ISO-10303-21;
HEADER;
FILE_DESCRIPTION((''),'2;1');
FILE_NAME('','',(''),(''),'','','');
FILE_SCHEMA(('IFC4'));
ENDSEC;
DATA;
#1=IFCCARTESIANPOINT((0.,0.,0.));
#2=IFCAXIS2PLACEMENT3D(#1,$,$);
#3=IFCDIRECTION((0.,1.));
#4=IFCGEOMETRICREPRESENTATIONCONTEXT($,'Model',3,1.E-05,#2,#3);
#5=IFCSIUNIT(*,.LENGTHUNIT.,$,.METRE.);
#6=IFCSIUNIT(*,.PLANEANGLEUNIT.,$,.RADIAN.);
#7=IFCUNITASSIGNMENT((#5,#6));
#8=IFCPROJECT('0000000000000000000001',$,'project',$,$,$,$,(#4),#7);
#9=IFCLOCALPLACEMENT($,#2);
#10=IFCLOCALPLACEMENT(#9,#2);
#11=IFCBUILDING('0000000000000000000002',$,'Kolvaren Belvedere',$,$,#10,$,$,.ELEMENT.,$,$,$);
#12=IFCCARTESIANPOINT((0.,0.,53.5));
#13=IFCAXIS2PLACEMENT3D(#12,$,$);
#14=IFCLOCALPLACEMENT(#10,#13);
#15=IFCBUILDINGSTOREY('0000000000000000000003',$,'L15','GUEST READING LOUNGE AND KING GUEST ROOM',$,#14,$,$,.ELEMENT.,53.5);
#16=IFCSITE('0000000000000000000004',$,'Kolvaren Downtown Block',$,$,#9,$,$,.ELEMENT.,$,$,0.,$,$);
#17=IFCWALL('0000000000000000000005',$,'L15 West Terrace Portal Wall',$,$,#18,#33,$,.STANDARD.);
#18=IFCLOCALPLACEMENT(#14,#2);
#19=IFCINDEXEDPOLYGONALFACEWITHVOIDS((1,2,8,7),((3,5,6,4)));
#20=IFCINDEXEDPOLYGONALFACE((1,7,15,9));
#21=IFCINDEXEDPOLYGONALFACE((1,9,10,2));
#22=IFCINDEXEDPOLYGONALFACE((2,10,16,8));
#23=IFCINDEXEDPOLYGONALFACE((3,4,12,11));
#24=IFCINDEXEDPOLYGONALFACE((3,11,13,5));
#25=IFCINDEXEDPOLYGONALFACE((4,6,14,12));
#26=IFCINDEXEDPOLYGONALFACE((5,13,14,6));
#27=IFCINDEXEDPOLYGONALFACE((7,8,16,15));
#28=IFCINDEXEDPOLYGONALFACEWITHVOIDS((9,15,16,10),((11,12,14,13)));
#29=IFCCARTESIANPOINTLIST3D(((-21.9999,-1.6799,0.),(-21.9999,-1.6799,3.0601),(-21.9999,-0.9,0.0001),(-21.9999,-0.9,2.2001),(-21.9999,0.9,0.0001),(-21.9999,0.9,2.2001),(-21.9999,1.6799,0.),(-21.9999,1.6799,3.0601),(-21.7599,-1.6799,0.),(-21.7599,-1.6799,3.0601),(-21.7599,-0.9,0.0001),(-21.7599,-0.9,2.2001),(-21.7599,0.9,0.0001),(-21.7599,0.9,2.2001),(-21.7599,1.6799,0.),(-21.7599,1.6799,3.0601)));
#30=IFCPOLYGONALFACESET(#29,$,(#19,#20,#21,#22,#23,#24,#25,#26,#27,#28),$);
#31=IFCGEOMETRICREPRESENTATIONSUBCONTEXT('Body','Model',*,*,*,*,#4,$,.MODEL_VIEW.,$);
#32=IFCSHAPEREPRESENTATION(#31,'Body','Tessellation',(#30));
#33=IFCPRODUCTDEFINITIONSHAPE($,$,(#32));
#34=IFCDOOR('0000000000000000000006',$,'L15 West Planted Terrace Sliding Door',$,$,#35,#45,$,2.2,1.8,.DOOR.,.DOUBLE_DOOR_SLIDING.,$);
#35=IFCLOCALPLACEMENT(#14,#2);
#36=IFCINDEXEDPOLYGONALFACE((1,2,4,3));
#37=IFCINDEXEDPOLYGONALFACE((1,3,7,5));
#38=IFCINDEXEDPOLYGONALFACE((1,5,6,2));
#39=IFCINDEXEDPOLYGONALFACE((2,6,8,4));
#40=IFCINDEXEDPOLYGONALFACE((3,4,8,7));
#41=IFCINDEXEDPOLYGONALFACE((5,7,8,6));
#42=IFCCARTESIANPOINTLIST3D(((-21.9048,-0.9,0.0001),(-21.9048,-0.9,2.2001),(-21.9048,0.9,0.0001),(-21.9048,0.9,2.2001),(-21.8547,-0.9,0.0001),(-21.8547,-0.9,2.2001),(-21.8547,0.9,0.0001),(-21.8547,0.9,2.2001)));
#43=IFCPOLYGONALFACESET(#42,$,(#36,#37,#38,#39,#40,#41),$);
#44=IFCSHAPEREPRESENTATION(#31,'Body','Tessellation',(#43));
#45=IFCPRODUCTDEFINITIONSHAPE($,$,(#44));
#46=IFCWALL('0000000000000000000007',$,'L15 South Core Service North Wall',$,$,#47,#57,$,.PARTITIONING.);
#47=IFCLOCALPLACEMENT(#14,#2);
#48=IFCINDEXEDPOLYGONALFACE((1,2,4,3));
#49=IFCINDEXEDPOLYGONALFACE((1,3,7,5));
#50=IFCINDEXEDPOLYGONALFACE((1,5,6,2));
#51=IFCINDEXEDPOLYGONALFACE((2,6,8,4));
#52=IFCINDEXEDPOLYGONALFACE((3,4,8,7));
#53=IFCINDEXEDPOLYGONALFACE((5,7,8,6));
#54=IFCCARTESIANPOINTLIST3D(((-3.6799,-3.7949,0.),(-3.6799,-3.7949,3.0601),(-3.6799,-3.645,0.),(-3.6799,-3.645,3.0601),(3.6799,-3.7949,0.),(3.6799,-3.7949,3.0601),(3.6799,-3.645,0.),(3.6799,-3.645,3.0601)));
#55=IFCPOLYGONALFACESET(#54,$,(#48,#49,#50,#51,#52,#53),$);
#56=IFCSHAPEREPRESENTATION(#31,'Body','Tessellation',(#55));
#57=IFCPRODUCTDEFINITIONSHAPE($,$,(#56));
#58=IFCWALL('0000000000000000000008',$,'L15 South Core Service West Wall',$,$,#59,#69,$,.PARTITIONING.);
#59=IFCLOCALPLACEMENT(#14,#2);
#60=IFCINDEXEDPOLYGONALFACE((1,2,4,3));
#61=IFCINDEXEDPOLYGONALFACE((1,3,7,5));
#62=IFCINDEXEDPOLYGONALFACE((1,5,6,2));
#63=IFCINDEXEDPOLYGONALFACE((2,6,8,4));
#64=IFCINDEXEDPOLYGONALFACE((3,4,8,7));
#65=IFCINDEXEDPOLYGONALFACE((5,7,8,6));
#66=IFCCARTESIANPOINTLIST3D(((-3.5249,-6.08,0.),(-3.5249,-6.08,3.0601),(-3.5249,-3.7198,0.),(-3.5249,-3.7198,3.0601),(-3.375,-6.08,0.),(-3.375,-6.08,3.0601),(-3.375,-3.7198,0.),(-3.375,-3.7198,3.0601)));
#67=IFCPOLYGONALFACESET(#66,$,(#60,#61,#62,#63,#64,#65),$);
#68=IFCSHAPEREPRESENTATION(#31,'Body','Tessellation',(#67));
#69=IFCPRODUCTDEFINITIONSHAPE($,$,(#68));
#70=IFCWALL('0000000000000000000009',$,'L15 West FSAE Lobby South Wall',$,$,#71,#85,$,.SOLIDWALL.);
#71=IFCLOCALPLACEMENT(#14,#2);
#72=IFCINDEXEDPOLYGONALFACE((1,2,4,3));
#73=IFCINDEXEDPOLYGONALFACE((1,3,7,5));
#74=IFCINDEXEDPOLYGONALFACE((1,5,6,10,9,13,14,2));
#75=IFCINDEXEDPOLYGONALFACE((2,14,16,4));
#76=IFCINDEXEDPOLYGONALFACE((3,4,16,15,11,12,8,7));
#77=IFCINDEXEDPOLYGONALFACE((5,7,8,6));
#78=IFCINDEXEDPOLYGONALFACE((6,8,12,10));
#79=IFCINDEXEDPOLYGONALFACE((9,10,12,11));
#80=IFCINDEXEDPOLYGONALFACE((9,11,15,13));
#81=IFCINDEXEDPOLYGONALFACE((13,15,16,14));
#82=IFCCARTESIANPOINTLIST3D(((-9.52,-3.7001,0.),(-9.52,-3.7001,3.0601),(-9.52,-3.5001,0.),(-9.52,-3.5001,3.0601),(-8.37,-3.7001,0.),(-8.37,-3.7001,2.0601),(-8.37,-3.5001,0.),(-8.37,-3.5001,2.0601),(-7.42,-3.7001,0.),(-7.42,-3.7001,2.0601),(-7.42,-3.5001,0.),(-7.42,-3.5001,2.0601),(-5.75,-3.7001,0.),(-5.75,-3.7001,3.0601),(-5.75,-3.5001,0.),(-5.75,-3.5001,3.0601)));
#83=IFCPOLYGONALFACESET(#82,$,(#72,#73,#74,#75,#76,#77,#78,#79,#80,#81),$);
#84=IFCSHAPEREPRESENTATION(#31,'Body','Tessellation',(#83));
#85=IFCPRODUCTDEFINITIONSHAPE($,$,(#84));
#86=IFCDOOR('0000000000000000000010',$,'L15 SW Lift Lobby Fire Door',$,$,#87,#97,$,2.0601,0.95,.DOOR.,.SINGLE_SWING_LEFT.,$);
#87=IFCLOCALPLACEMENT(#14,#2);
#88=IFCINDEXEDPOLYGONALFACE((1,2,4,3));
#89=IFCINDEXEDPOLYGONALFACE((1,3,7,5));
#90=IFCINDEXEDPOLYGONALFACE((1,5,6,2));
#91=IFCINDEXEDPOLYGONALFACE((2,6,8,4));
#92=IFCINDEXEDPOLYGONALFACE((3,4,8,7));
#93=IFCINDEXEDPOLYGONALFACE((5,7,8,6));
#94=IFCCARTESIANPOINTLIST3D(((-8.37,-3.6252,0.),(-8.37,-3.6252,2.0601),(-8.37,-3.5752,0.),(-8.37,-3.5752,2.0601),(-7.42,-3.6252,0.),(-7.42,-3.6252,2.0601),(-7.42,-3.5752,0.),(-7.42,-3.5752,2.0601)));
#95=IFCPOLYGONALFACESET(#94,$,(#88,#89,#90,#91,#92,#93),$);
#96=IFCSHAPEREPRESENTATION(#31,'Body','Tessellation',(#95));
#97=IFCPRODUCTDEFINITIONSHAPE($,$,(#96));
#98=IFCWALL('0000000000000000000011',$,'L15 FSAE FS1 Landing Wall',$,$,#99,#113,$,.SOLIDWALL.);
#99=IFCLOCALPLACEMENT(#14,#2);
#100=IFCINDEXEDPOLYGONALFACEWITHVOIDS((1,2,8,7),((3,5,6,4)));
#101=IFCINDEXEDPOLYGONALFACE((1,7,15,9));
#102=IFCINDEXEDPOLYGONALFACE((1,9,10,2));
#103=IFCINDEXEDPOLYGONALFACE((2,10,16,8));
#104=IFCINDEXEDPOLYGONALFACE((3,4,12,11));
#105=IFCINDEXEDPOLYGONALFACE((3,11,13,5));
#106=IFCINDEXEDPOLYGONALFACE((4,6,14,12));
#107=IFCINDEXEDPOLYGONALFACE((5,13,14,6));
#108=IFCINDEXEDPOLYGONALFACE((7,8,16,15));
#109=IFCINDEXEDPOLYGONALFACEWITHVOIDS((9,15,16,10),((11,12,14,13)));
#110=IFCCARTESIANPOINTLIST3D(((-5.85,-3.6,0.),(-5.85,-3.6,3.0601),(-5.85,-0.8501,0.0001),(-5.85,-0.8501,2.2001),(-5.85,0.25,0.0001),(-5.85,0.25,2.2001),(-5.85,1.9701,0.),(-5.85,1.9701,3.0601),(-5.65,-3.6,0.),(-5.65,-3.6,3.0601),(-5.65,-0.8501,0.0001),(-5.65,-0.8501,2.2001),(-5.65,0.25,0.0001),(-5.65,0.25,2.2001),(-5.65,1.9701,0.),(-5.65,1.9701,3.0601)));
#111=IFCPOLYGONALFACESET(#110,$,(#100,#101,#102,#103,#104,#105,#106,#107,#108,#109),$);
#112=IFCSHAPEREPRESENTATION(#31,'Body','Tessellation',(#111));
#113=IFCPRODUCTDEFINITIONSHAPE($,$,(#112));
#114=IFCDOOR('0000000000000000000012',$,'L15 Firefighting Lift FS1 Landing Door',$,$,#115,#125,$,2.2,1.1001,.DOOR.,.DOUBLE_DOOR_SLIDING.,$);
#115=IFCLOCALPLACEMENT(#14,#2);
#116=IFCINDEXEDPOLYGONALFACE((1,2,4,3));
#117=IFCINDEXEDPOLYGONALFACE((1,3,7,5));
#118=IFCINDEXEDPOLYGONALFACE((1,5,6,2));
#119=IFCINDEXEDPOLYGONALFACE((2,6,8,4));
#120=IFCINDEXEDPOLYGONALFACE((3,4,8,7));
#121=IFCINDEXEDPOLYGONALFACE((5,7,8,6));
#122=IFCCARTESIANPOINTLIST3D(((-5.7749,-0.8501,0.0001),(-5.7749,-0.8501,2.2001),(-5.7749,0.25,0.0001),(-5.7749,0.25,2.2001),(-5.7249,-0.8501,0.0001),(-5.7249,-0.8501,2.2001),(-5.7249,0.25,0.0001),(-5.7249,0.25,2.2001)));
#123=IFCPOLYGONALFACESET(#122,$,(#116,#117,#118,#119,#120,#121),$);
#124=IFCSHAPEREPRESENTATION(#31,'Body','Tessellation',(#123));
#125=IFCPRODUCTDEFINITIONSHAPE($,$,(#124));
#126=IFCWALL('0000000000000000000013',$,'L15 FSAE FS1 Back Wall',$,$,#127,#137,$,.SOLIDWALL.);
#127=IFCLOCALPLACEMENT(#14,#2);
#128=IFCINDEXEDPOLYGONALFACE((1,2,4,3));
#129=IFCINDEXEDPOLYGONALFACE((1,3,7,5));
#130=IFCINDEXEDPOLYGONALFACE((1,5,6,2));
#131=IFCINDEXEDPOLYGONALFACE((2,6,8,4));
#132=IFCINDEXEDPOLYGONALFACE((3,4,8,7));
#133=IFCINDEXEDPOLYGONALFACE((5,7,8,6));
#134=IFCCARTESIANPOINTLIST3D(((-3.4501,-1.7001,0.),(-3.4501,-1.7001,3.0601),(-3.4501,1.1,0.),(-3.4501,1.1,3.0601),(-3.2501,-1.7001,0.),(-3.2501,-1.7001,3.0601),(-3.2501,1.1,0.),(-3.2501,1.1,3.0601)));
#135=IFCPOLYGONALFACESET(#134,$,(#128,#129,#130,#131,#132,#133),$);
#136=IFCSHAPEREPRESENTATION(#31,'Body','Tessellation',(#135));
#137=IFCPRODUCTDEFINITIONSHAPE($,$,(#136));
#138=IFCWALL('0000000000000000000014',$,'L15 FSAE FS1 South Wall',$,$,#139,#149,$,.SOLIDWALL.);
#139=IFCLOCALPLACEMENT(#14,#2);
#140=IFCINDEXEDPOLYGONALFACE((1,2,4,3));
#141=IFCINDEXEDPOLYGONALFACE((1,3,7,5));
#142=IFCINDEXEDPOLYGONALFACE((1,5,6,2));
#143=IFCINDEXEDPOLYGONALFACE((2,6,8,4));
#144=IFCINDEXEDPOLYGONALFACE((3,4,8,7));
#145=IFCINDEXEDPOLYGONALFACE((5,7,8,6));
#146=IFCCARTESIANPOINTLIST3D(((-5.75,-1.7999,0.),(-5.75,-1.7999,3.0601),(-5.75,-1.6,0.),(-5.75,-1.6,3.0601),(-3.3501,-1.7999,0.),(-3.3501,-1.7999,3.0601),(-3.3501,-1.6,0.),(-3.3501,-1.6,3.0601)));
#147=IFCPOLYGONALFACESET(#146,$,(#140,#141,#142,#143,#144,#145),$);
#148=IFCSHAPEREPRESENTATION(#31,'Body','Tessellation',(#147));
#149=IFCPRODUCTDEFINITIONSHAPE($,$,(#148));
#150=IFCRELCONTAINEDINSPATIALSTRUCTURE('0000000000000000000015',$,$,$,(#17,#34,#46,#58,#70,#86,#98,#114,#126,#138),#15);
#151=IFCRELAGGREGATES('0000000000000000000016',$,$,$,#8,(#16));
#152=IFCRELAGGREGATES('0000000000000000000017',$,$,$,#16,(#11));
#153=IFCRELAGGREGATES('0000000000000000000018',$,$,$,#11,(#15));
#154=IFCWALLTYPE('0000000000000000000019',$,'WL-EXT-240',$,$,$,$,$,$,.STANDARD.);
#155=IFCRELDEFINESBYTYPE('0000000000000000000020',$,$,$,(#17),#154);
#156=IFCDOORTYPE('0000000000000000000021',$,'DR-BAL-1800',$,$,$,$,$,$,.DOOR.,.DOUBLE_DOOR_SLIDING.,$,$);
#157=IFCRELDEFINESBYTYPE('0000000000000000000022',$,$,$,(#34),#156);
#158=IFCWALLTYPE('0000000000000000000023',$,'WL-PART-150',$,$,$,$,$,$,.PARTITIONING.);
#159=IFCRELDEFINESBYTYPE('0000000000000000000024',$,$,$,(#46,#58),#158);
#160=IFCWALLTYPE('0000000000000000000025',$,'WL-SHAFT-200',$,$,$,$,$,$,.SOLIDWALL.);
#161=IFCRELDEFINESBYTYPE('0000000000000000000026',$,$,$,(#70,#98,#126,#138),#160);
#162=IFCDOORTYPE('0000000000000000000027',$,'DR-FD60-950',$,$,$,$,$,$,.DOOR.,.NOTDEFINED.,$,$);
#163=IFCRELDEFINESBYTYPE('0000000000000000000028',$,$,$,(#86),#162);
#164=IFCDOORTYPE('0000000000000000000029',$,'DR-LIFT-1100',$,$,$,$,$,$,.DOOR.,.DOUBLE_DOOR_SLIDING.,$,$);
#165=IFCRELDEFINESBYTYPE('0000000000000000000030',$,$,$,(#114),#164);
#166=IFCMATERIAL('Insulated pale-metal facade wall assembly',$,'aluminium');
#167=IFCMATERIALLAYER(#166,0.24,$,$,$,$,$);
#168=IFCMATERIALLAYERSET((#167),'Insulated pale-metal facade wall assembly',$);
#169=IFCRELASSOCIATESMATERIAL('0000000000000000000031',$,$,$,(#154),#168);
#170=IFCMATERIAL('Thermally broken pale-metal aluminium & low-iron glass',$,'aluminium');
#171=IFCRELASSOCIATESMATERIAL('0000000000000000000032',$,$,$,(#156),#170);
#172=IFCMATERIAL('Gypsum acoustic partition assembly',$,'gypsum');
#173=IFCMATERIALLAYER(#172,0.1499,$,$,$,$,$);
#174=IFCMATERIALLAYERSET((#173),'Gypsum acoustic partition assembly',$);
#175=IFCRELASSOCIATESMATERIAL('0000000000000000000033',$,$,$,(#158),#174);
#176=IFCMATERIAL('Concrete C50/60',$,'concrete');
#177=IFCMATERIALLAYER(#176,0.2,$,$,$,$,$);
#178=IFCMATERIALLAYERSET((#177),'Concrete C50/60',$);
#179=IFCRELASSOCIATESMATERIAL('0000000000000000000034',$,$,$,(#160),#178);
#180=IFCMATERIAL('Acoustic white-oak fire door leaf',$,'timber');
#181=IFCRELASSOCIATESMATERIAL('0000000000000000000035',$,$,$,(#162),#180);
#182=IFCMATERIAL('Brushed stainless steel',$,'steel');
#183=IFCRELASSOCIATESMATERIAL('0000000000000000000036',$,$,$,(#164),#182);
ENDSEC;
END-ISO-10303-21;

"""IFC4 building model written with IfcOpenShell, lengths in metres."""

from ifc_helpers import new_model, si_unit, direction, frame, frame_2d, origin, place, context, subcontext, project, spatial, rectangle, extrude, material, layer, layer_set, type_object, element, fill, save


model = new_model("IFC4")

# Units and contexts
model_context = context("Model", 3, precision=1e-05, world=origin(), true_north=direction((0.0, 1.0)))
body_context = subcontext(model_context, "Body", "Model", "MODEL_VIEW")
ifc_project = project(units=[si_unit("LENGTHUNIT", "METRE"), si_unit("PLANEANGLEUNIT", "RADIAN")], contexts=[model_context])

# Site, building, storey
site_placement = place(None, origin())
site = spatial("IfcSite", under=ifc_project, at=site_placement, Name="Kolvaren Downtown Block", CompositionType="ELEMENT", RefElevation=0.0)
building_placement = place(site_placement, origin())
building = spatial("IfcBuilding", under=site, at=building_placement, Name="Kolvaren Belvedere", CompositionType="ELEMENT")
storey_placement = place(building_placement, frame((0.0, 0.0, 53.5)))
storey = spatial("IfcBuildingStorey", under=building, at=storey_placement, Name="L15", Description="GUEST READING LOUNGE AND KING GUEST ROOM", CompositionType="ELEMENT", Elevation=53.5)

# Wall, opening, door
ifc_material_1 = material(Name="Insulated pale-metal facade wall assembly", Category="aluminium")
ifc_layer_1 = layer(ifc_material_1, 0.24)
ifc_layer_set_1 = layer_set([ifc_layer_1], Name="Insulated pale-metal facade wall assembly")
wall_type_1 = type_object("IfcWallType", Name="WL-EXT-240", PredefinedType="STANDARD", material=ifc_layer_set_1)
wall_1_placement = place(storey_placement, frame((-21.8799, -1.6799, 0.0), z_axis=(0.0, 0.0, 1.0), x_axis=(0.0, 1.0, 0.0)))
wall_1 = element("IfcWall", 1, at=wall_1_placement, inside=storey, type_object=wall_type_1, Name="L15 West Terrace Portal Wall", PredefinedType="STANDARD", context=body_context, shape_type="SweptSolid", body=[
    extrude(rectangle(XDim=3.3599, YDim=0.24, at=frame_2d((1.6799, 0.0))), origin(), (0.0, 0.0, 1.0), 3.0601),
])
opening_1_placement = place(wall_1_placement, frame((0.78, 0.0, 0.0)))
opening_1 = element("IfcOpeningElement", 2, at=opening_1_placement, cuts=wall_1, PredefinedType="OPENING", context=body_context, shape_type="SweptSolid", body=[
    extrude(rectangle(XDim=1.8, YDim=2.2, at=frame_2d((0.8999, 1.1001))), frame((0.0, 0.1299, 0.0), z_axis=(0.0, -1.0, 0.0), x_axis=(1.0, 0.0, 0.0)), (0.0, 0.0, 1.0), 0.26),
])
ifc_material_2 = material(Name="Thermally broken pale-metal aluminium & low-iron glass", Category="aluminium")
door_type_1 = type_object("IfcDoorType", Name="DR-BAL-1800", OperationType="DOUBLE_DOOR_SLIDING", PredefinedType="DOOR", material=ifc_material_2)
door_1_placement = place(opening_1_placement, origin())
door_1 = element("IfcDoor", 3, at=door_1_placement, inside=storey, type_object=door_type_1, Name="L15 West Planted Terrace Sliding Door", OperationType="DOUBLE_DOOR_SLIDING", OverallHeight=2.2, OverallWidth=1.8, PredefinedType="DOOR", context=body_context, shape_type="SweptSolid", body=[
    extrude(rectangle(XDim=1.8, YDim=2.2, at=frame_2d((0.8999, 1.1001))), frame((0.0, 0.0249, 0.0), z_axis=(0.0, -1.0, 0.0), x_axis=(1.0, 0.0, 0.0)), (0.0, 0.0, 1.0), 0.05),
])
fill(opening_1, door_1)

# Walls
ifc_material_3 = material(Name="Gypsum acoustic partition assembly", Category="gypsum")
ifc_layer_2 = layer(ifc_material_3, 0.1499)
ifc_layer_set_2 = layer_set([ifc_layer_2], Name="Gypsum acoustic partition assembly")
wall_type_2 = type_object("IfcWallType", Name="WL-PART-150", PredefinedType="PARTITIONING", material=ifc_layer_set_2)
wall_2_placement = place(storey_placement, frame((-3.6799, -3.72, 0.0), z_axis=(0.0, 0.0, 1.0), x_axis=(1.0, 0.0, 0.0)))
element("IfcWall", 4, at=wall_2_placement, inside=storey, type_object=wall_type_2, Name="L15 South Core Service North Wall", PredefinedType="PARTITIONING", context=body_context, shape_type="SweptSolid", body=[
    extrude(rectangle(XDim=7.3599, YDim=0.1499, at=frame_2d((3.6799, 0.0))), origin(), (0.0, 0.0, 1.0), 3.0601),
])
wall_3_placement = place(storey_placement, frame((-3.45, -6.0801, 0.0), z_axis=(0.0, 0.0, 1.0), x_axis=(0.0, 1.0, 0.0)))
element("IfcWall", 5, at=wall_3_placement, inside=storey, type_object=wall_type_2, Name="L15 South Core Service West Wall", PredefinedType="PARTITIONING", context=body_context, shape_type="SweptSolid", body=[
    extrude(rectangle(XDim=2.3601, YDim=0.1499, at=frame_2d((1.1802, 0.0))), origin(), (0.0, 0.0, 1.0), 3.0601),
])

# Walls, openings, doors
ifc_material_4 = material(Name="Concrete C50/60", Category="concrete")
ifc_layer_3 = layer(ifc_material_4, 0.2)
ifc_layer_set_3 = layer_set([ifc_layer_3], Name="Concrete C50/60")
wall_type_3 = type_object("IfcWallType", Name="WL-SHAFT-200", PredefinedType="SOLIDWALL", material=ifc_layer_set_3)
wall_4_placement = place(storey_placement, frame((-9.52, -3.6001, 0.0), z_axis=(0.0, 0.0, 1.0), x_axis=(1.0, 0.0, 0.0)))
wall_4 = element("IfcWall", 6, at=wall_4_placement, inside=storey, type_object=wall_type_3, Name="L15 West FSAE Lobby South Wall", PredefinedType="SOLIDWALL", context=body_context, shape_type="SweptSolid", body=[
    extrude(rectangle(XDim=3.77, YDim=0.2, at=frame_2d((1.885, 0.0))), origin(), (0.0, 0.0, 1.0), 3.0601),
])
opening_2_placement = place(wall_4_placement, frame((1.1499, 0.0, 0.0)))
opening_2 = element("IfcOpeningElement", 7, at=opening_2_placement, cuts=wall_4, PredefinedType="OPENING", context=body_context, shape_type="SweptSolid", body=[
    extrude(rectangle(XDim=0.95, YDim=2.0601, at=frame_2d((0.4751, 1.03))), frame((0.0, 0.1099, 0.0), z_axis=(0.0, -1.0, 0.0), x_axis=(1.0, 0.0, 0.0)), (0.0, 0.0, 1.0), 0.22),
])
ifc_material_5 = material(Name="Acoustic white-oak fire door leaf", Category="timber")
door_type_2 = type_object("IfcDoorType", Name="DR-FD60-950", OperationType="NOTDEFINED", PredefinedType="DOOR", material=ifc_material_5)
door_2_placement = place(opening_2_placement, origin())
door_2 = element("IfcDoor", 8, at=door_2_placement, inside=storey, type_object=door_type_2, Name="L15 SW Lift Lobby Fire Door", OperationType="SINGLE_SWING_LEFT", OverallHeight=2.0601, OverallWidth=0.95, PredefinedType="DOOR", context=body_context, shape_type="SweptSolid", body=[
    extrude(rectangle(XDim=0.95, YDim=2.0601, at=frame_2d((0.4751, 1.03))), frame((0.0, 0.0249, 0.0), z_axis=(0.0, -1.0, 0.0), x_axis=(1.0, 0.0, 0.0)), (0.0, 0.0, 1.0), 0.05),
])
fill(opening_2, door_2)
wall_5_placement = place(storey_placement, frame((-5.75, -3.6001, 0.0), z_axis=(0.0, 0.0, 1.0), x_axis=(0.0, 1.0, 0.0)))
wall_5 = element("IfcWall", 9, at=wall_5_placement, inside=storey, type_object=wall_type_3, Name="L15 FSAE FS1 Landing Wall", PredefinedType="SOLIDWALL", context=body_context, shape_type="SweptSolid", body=[
    extrude(rectangle(XDim=5.5701, YDim=0.2, at=frame_2d((2.7852, 0.0))), origin(), (0.0, 0.0, 1.0), 3.0601),
])
opening_3_placement = place(wall_5_placement, frame((2.75, 0.0, 0.0)))
opening_3 = element("IfcOpeningElement", 10, at=opening_3_placement, cuts=wall_5, PredefinedType="OPENING", context=body_context, shape_type="SweptSolid", body=[
    extrude(rectangle(XDim=1.1001, YDim=2.2, at=frame_2d((0.55, 1.1001))), frame((0.0, 0.1099, 0.0), z_axis=(0.0, -1.0, 0.0), x_axis=(1.0, 0.0, 0.0)), (0.0, 0.0, 1.0), 0.22),
])
ifc_material_6 = material(Name="Brushed stainless steel", Category="steel")
door_type_3 = type_object("IfcDoorType", Name="DR-LIFT-1100", OperationType="DOUBLE_DOOR_SLIDING", PredefinedType="DOOR", material=ifc_material_6)
door_3_placement = place(opening_3_placement, origin())
door_3 = element("IfcDoor", 11, at=door_3_placement, inside=storey, type_object=door_type_3, Name="L15 Firefighting Lift FS1 Landing Door", OperationType="DOUBLE_DOOR_SLIDING", OverallHeight=2.2, OverallWidth=1.1001, PredefinedType="DOOR", context=body_context, shape_type="SweptSolid", body=[
    extrude(rectangle(XDim=1.1001, YDim=2.2, at=frame_2d((0.55, 1.1001))), frame((0.0, 0.0249, 0.0), z_axis=(0.0, -1.0, 0.0), x_axis=(1.0, 0.0, 0.0)), (0.0, 0.0, 1.0), 0.05),
])
fill(opening_3, door_3)

# Walls
wall_6_placement = place(storey_placement, frame((-3.3501, -1.7, 0.0), z_axis=(0.0, 0.0, 1.0), x_axis=(0.0, 1.0, 0.0)))
element("IfcWall", 12, at=wall_6_placement, inside=storey, type_object=wall_type_3, Name="L15 FSAE FS1 Back Wall", PredefinedType="SOLIDWALL", context=body_context, shape_type="SweptSolid", body=[
    extrude(rectangle(XDim=2.8, YDim=0.2, at=frame_2d((1.3999, 0.0))), origin(), (0.0, 0.0, 1.0), 3.0601),
])
wall_7_placement = place(storey_placement, frame((-5.75, -1.7, 0.0), z_axis=(0.0, 0.0, 1.0), x_axis=(1.0, 0.0, 0.0)))
element("IfcWall", 13, at=wall_7_placement, inside=storey, type_object=wall_type_3, Name="L15 FSAE FS1 South Wall", PredefinedType="SOLIDWALL", context=body_context, shape_type="SweptSolid", body=[
    extrude(rectangle(XDim=2.3999, YDim=0.2, at=frame_2d((1.2, 0.0))), origin(), (0.0, 0.0, 1.0), 3.0601),
])

save(model, "model.ifc")
